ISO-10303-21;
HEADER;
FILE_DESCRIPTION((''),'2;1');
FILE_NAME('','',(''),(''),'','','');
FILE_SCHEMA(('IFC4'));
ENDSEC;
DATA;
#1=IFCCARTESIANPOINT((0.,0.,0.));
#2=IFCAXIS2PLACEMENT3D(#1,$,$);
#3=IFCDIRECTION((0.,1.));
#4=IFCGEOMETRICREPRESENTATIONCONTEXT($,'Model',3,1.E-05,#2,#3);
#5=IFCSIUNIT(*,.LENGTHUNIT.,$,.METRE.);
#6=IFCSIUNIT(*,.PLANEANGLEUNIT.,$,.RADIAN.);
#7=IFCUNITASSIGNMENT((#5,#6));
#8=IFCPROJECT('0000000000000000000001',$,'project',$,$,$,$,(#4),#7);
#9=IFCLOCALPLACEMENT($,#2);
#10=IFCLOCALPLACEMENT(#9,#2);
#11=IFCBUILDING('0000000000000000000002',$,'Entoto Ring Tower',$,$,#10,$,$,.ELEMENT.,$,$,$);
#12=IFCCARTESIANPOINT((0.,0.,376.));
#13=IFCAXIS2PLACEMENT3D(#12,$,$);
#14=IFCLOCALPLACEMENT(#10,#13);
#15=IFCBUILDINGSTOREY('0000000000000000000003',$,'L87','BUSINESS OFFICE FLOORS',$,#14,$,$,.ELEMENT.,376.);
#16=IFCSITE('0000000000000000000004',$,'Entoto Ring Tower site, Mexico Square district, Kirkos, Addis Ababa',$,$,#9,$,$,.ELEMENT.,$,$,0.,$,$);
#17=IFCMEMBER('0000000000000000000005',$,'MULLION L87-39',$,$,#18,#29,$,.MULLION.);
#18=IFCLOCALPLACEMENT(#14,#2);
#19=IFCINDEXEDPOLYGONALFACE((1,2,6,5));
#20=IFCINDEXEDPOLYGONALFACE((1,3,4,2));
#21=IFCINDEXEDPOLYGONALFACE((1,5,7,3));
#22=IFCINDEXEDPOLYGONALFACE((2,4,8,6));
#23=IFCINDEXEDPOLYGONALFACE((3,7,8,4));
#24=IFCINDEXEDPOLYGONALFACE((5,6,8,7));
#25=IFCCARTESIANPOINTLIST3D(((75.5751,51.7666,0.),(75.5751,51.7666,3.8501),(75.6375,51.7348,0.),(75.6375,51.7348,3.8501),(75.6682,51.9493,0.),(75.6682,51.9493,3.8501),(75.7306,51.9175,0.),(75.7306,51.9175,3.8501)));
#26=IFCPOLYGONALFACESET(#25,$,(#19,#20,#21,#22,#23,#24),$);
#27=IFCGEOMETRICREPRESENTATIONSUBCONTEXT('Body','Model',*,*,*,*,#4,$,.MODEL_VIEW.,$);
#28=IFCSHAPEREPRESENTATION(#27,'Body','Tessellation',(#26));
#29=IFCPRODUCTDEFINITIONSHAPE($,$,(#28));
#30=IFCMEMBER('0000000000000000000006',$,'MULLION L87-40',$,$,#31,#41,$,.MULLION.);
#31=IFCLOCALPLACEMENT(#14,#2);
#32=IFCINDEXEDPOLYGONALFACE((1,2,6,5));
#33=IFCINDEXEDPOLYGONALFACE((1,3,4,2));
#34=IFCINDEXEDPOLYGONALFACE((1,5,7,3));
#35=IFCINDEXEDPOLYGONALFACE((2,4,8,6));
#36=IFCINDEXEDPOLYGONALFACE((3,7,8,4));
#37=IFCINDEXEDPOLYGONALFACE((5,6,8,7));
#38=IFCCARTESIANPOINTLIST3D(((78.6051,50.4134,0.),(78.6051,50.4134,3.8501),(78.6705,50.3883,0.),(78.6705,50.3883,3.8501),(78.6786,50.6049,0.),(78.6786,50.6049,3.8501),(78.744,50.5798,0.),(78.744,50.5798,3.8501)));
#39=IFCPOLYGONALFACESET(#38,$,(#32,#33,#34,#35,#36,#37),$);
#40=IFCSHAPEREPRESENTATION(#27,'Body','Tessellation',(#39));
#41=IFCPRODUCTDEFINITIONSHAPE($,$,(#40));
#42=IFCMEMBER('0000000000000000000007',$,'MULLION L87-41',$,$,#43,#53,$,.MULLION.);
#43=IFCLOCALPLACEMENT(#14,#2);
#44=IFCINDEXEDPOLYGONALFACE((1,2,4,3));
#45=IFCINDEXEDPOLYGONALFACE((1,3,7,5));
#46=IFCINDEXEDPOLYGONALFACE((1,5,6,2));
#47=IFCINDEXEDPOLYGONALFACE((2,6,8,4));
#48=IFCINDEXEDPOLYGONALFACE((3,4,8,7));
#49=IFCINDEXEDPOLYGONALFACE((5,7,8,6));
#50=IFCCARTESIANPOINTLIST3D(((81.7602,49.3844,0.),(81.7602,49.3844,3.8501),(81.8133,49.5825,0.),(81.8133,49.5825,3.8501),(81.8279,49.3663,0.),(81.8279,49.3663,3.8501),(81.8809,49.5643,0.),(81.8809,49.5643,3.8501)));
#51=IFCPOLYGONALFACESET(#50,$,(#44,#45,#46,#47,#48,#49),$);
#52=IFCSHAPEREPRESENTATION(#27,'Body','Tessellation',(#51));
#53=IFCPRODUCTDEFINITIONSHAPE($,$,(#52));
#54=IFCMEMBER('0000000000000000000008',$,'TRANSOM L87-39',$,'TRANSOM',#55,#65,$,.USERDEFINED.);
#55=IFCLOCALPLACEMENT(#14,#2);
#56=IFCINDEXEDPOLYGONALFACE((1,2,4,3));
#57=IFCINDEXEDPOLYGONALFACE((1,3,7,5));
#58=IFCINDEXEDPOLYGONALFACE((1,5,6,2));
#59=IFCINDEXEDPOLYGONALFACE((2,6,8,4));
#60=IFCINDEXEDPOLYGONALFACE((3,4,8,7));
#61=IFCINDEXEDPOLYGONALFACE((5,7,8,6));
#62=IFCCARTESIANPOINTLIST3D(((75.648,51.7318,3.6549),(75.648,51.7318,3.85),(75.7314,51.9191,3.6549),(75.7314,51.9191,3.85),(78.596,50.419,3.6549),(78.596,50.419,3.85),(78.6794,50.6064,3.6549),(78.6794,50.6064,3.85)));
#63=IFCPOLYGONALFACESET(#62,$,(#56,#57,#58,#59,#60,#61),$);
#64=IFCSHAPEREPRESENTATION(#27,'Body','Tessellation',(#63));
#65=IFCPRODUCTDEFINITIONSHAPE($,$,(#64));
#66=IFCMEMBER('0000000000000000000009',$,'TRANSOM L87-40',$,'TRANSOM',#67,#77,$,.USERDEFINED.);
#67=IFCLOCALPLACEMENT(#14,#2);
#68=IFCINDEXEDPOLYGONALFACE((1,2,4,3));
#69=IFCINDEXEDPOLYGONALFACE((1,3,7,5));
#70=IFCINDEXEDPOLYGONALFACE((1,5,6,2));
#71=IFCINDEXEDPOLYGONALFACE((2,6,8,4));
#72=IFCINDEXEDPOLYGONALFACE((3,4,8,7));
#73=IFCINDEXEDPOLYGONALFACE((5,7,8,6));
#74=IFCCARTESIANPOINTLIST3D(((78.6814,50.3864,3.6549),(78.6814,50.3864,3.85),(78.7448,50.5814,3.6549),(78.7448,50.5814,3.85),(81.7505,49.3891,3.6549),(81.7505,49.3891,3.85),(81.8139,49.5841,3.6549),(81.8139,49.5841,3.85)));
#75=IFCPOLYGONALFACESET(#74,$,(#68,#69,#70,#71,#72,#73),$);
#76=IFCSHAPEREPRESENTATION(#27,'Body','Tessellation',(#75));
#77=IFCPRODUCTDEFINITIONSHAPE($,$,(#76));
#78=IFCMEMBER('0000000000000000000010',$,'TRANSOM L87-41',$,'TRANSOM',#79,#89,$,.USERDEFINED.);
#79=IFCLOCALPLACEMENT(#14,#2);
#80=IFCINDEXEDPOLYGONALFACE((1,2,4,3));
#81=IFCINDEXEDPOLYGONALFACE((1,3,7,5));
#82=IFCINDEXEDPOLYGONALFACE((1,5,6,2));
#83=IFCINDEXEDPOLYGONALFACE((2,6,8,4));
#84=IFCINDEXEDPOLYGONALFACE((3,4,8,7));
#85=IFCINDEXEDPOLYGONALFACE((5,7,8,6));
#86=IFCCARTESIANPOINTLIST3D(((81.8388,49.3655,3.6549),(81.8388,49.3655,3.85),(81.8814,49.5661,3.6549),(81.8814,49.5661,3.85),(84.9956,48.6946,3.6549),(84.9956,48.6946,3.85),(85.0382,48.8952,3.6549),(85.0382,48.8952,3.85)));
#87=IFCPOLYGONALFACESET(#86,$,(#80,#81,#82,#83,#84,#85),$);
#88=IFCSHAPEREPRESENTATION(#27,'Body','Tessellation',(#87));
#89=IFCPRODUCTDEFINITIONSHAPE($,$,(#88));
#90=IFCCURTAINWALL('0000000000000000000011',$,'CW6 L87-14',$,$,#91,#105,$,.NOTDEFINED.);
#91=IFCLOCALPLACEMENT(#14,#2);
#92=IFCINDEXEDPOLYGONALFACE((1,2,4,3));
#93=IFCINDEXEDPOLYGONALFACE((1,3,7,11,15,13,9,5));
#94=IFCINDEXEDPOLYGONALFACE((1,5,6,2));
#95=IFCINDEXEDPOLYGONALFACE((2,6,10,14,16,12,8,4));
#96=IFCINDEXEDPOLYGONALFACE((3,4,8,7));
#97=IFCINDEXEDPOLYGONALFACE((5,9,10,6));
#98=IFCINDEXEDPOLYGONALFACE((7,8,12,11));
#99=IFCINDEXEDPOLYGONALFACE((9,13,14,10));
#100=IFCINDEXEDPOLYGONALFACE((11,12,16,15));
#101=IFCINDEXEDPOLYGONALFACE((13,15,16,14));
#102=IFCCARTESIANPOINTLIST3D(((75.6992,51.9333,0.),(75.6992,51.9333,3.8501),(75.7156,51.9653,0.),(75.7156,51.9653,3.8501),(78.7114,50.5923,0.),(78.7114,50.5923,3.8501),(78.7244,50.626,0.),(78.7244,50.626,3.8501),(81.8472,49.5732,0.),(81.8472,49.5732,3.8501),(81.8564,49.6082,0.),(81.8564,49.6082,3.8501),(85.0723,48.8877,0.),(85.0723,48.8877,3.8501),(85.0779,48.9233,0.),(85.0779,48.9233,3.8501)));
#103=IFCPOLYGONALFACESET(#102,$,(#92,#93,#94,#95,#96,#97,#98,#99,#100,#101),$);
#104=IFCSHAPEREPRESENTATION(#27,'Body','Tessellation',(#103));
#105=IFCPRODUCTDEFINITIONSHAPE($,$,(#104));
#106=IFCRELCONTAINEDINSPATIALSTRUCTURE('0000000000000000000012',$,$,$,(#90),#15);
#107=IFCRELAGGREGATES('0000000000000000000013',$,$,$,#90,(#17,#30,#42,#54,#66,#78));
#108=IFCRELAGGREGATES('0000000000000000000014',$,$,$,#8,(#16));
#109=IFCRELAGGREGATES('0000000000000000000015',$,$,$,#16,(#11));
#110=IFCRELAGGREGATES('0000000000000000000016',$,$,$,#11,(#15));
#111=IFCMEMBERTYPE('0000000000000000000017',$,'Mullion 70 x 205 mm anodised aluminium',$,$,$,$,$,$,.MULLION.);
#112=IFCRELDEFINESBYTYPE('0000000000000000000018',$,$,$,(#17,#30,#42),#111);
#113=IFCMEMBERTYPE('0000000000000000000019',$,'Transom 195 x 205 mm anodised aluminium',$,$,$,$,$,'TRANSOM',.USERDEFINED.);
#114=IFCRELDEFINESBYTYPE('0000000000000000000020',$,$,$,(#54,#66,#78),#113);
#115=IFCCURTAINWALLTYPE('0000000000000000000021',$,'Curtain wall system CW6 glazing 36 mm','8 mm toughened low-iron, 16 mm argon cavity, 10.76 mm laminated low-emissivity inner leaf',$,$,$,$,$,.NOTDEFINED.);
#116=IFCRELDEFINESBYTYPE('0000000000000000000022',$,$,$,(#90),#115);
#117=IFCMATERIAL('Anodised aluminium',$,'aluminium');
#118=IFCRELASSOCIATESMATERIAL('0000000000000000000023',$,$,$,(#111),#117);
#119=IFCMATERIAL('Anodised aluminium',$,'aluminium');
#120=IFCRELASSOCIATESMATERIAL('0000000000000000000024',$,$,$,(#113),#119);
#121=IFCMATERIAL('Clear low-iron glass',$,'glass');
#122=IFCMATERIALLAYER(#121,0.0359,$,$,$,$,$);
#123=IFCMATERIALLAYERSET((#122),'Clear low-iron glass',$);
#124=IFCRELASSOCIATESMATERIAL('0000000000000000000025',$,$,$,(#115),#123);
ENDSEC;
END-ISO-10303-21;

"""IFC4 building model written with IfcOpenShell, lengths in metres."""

from ifc_helpers import new_model, si_unit, direction, frame, origin, origin_2d, place, context, subcontext, project, spatial, polyline, rectangle, outline, extrude, material, layer, layer_set, material_profile, profile_set, type_object, element, aggregate, save


model = new_model("IFC4")

# Units and contexts
model_context = context("Model", 3, precision=1e-05, world=origin(), true_north=direction((0.0, 1.0)))
body_context = subcontext(model_context, "Body", "Model", "MODEL_VIEW")
ifc_project = project(units=[si_unit("LENGTHUNIT", "METRE"), si_unit("PLANEANGLEUNIT", "RADIAN")], contexts=[model_context])

# Members
ifc_material_1 = material(Name="Anodised aluminium", Category="aluminium")
ifc_material_profile_1 = material_profile(ifc_material_1, rectangle(XDim=0.0701, YDim=0.2051, at=origin_2d()), Name="Mullion 70 x 205 mm anodised aluminium")
ifc_profile_set_1 = profile_set([ifc_material_profile_1], Name="Anodised aluminium")
member_type_1 = type_object("IfcMemberType", Name="Mullion 70 x 205 mm anodised aluminium", PredefinedType="MULLION", material=ifc_profile_set_1)
site_placement = place(None, origin())
building_placement = place(site_placement, origin())
storey_placement = place(building_placement, frame((0.0, 0.0, 376.0)))
member_1_placement = place(storey_placement, frame((75.6528, 51.842, 0.0), z_axis=(0.0, 0.0, 1.0), x_axis=(0.891007, -0.45399, 0.0)))
member_1 = element("IfcMember", 1, at=member_1_placement, type_object=member_type_1, Name="MULLION L87-39", PredefinedType="MULLION", context=body_context, shape_type="SweptSolid", body=[
    extrude(rectangle(XDim=0.0701, YDim=0.2051, at=origin_2d()), origin(), (0.0, 0.0, 1.0), 3.8501),
])
member_2_placement = place(storey_placement, frame((78.6746, 50.4966, 0.0), z_axis=(0.0, 0.0, 1.0), x_axis=(0.93358, -0.358368, 0.0)))
member_2 = element("IfcMember", 2, at=member_2_placement, type_object=member_type_1, Name="MULLION L87-40", PredefinedType="MULLION", context=body_context, shape_type="SweptSolid", body=[
    extrude(rectangle(XDim=0.0701, YDim=0.2051, at=origin_2d()), origin(), (0.0, 0.0, 1.0), 3.8501),
])
member_3_placement = place(storey_placement, frame((81.8206, 49.4744, 0.0), z_axis=(0.0, 0.0, 1.0), x_axis=(0.965926, -0.258819, 0.0)))
member_3 = element("IfcMember", 3, at=member_3_placement, type_object=member_type_1, Name="MULLION L87-41", PredefinedType="MULLION", context=body_context, shape_type="SweptSolid", body=[
    extrude(rectangle(XDim=0.0701, YDim=0.2051, at=origin_2d()), origin(), (0.0, 0.0, 1.0), 3.8501),
])
ifc_material_2 = material(Name="Anodised aluminium", Category="aluminium")
ifc_material_profile_2 = material_profile(ifc_material_2, rectangle(XDim=0.2051, YDim=0.1951, at=origin_2d()), Name="Transom 195 x 205 mm anodised aluminium")
ifc_profile_set_2 = profile_set([ifc_material_profile_2], Name="Anodised aluminium")
member_type_2 = type_object("IfcMemberType", Name="Transom 195 x 205 mm anodised aluminium", ElementType="TRANSOM", PredefinedType="USERDEFINED", material=ifc_profile_set_2)
member_4_placement = place(storey_placement, frame((75.6897, 51.8254, 3.7524), z_axis=(0.913521, -0.406791, 0.0), x_axis=(0.406791, 0.913521, 0.0)))
member_4 = element("IfcMember", 4, at=member_4_placement, type_object=member_type_2, Name="TRANSOM L87-39", ObjectType="TRANSOM", PredefinedType="USERDEFINED", context=body_context, shape_type="SweptSolid", body=[
    extrude(rectangle(XDim=0.2051, YDim=0.1951, at=origin_2d()), origin(), (0.0, 0.0, 1.0), 3.2271),
])
member_5_placement = place(storey_placement, frame((78.7131, 50.4839, 3.7524), z_axis=(0.951047, -0.309047, 0.0), x_axis=(0.309047, 0.951047, 0.0)))
member_5 = element("IfcMember", 5, at=member_5_placement, type_object=member_type_2, Name="TRANSOM L87-40", ObjectType="TRANSOM", PredefinedType="USERDEFINED", context=body_context, shape_type="SweptSolid", body=[
    extrude(rectangle(XDim=0.2051, YDim=0.1951, at=origin_2d()), origin(), (0.0, 0.0, 1.0), 3.2271),
])
member_6_placement = place(storey_placement, frame((81.8601, 49.4658, 3.7524), z_axis=(0.978153, -0.207886, 0.0), x_axis=(0.207886, 0.978153, 0.0)))
member_6 = element("IfcMember", 6, at=member_6_placement, type_object=member_type_2, Name="TRANSOM L87-41", ObjectType="TRANSOM", PredefinedType="USERDEFINED", context=body_context, shape_type="SweptSolid", body=[
    extrude(rectangle(XDim=0.2051, YDim=0.1951, at=origin_2d()), origin(), (0.0, 0.0, 1.0), 3.2273),
])

# Site, building, storey
site = spatial("IfcSite", under=ifc_project, at=site_placement, Name="Entoto Ring Tower site, Mexico Square district, Kirkos, Addis Ababa", CompositionType="ELEMENT", RefElevation=0.0)
building = spatial("IfcBuilding", under=site, at=building_placement, Name="Entoto Ring Tower", CompositionType="ELEMENT")
storey = spatial("IfcBuildingStorey", under=building, at=storey_placement, Name="L87", Description="BUSINESS OFFICE FLOORS", CompositionType="ELEMENT", Elevation=376.0)

# Curtain wall
ifc_material_3 = material(Name="Clear low-iron glass", Category="glass")
ifc_layer = layer(ifc_material_3, 0.0359)
ifc_layer_set = layer_set([ifc_layer], Name="Clear low-iron glass")
curtain_wall_type = type_object("IfcCurtainWallType", Name="Curtain wall system CW6 glazing 36 mm", Description="8 mm toughened low-iron, 16 mm argon cavity, 10.76 mm laminated low-emissivity inner leaf", PredefinedType="NOTDEFINED", material=ifc_layer_set)
curtain_wall_1_placement = place(storey_placement, origin())
curtain_wall_1 = element("IfcCurtainWall", 7, at=curtain_wall_1_placement, inside=storey, type_object=curtain_wall_type, Name="CW6 L87-14", PredefinedType="NOTDEFINED", context=body_context, shape_type="SweptSolid", body=[
    extrude(outline(polyline([(75.6992, 51.9333), (78.7114, 50.5923), (81.8472, 49.5732), (85.0723, 48.8877), (85.0779, 48.9233), (81.8564, 49.6082), (78.7244, 50.626), (75.7156, 51.9653), (75.6992, 51.9333)])), origin(), (0.0, 0.0, 1.0), 3.8501),
])
aggregate(curtain_wall_1, [member_1, member_2, member_3, member_4, member_5, member_6])

save(model, "model.ifc")
